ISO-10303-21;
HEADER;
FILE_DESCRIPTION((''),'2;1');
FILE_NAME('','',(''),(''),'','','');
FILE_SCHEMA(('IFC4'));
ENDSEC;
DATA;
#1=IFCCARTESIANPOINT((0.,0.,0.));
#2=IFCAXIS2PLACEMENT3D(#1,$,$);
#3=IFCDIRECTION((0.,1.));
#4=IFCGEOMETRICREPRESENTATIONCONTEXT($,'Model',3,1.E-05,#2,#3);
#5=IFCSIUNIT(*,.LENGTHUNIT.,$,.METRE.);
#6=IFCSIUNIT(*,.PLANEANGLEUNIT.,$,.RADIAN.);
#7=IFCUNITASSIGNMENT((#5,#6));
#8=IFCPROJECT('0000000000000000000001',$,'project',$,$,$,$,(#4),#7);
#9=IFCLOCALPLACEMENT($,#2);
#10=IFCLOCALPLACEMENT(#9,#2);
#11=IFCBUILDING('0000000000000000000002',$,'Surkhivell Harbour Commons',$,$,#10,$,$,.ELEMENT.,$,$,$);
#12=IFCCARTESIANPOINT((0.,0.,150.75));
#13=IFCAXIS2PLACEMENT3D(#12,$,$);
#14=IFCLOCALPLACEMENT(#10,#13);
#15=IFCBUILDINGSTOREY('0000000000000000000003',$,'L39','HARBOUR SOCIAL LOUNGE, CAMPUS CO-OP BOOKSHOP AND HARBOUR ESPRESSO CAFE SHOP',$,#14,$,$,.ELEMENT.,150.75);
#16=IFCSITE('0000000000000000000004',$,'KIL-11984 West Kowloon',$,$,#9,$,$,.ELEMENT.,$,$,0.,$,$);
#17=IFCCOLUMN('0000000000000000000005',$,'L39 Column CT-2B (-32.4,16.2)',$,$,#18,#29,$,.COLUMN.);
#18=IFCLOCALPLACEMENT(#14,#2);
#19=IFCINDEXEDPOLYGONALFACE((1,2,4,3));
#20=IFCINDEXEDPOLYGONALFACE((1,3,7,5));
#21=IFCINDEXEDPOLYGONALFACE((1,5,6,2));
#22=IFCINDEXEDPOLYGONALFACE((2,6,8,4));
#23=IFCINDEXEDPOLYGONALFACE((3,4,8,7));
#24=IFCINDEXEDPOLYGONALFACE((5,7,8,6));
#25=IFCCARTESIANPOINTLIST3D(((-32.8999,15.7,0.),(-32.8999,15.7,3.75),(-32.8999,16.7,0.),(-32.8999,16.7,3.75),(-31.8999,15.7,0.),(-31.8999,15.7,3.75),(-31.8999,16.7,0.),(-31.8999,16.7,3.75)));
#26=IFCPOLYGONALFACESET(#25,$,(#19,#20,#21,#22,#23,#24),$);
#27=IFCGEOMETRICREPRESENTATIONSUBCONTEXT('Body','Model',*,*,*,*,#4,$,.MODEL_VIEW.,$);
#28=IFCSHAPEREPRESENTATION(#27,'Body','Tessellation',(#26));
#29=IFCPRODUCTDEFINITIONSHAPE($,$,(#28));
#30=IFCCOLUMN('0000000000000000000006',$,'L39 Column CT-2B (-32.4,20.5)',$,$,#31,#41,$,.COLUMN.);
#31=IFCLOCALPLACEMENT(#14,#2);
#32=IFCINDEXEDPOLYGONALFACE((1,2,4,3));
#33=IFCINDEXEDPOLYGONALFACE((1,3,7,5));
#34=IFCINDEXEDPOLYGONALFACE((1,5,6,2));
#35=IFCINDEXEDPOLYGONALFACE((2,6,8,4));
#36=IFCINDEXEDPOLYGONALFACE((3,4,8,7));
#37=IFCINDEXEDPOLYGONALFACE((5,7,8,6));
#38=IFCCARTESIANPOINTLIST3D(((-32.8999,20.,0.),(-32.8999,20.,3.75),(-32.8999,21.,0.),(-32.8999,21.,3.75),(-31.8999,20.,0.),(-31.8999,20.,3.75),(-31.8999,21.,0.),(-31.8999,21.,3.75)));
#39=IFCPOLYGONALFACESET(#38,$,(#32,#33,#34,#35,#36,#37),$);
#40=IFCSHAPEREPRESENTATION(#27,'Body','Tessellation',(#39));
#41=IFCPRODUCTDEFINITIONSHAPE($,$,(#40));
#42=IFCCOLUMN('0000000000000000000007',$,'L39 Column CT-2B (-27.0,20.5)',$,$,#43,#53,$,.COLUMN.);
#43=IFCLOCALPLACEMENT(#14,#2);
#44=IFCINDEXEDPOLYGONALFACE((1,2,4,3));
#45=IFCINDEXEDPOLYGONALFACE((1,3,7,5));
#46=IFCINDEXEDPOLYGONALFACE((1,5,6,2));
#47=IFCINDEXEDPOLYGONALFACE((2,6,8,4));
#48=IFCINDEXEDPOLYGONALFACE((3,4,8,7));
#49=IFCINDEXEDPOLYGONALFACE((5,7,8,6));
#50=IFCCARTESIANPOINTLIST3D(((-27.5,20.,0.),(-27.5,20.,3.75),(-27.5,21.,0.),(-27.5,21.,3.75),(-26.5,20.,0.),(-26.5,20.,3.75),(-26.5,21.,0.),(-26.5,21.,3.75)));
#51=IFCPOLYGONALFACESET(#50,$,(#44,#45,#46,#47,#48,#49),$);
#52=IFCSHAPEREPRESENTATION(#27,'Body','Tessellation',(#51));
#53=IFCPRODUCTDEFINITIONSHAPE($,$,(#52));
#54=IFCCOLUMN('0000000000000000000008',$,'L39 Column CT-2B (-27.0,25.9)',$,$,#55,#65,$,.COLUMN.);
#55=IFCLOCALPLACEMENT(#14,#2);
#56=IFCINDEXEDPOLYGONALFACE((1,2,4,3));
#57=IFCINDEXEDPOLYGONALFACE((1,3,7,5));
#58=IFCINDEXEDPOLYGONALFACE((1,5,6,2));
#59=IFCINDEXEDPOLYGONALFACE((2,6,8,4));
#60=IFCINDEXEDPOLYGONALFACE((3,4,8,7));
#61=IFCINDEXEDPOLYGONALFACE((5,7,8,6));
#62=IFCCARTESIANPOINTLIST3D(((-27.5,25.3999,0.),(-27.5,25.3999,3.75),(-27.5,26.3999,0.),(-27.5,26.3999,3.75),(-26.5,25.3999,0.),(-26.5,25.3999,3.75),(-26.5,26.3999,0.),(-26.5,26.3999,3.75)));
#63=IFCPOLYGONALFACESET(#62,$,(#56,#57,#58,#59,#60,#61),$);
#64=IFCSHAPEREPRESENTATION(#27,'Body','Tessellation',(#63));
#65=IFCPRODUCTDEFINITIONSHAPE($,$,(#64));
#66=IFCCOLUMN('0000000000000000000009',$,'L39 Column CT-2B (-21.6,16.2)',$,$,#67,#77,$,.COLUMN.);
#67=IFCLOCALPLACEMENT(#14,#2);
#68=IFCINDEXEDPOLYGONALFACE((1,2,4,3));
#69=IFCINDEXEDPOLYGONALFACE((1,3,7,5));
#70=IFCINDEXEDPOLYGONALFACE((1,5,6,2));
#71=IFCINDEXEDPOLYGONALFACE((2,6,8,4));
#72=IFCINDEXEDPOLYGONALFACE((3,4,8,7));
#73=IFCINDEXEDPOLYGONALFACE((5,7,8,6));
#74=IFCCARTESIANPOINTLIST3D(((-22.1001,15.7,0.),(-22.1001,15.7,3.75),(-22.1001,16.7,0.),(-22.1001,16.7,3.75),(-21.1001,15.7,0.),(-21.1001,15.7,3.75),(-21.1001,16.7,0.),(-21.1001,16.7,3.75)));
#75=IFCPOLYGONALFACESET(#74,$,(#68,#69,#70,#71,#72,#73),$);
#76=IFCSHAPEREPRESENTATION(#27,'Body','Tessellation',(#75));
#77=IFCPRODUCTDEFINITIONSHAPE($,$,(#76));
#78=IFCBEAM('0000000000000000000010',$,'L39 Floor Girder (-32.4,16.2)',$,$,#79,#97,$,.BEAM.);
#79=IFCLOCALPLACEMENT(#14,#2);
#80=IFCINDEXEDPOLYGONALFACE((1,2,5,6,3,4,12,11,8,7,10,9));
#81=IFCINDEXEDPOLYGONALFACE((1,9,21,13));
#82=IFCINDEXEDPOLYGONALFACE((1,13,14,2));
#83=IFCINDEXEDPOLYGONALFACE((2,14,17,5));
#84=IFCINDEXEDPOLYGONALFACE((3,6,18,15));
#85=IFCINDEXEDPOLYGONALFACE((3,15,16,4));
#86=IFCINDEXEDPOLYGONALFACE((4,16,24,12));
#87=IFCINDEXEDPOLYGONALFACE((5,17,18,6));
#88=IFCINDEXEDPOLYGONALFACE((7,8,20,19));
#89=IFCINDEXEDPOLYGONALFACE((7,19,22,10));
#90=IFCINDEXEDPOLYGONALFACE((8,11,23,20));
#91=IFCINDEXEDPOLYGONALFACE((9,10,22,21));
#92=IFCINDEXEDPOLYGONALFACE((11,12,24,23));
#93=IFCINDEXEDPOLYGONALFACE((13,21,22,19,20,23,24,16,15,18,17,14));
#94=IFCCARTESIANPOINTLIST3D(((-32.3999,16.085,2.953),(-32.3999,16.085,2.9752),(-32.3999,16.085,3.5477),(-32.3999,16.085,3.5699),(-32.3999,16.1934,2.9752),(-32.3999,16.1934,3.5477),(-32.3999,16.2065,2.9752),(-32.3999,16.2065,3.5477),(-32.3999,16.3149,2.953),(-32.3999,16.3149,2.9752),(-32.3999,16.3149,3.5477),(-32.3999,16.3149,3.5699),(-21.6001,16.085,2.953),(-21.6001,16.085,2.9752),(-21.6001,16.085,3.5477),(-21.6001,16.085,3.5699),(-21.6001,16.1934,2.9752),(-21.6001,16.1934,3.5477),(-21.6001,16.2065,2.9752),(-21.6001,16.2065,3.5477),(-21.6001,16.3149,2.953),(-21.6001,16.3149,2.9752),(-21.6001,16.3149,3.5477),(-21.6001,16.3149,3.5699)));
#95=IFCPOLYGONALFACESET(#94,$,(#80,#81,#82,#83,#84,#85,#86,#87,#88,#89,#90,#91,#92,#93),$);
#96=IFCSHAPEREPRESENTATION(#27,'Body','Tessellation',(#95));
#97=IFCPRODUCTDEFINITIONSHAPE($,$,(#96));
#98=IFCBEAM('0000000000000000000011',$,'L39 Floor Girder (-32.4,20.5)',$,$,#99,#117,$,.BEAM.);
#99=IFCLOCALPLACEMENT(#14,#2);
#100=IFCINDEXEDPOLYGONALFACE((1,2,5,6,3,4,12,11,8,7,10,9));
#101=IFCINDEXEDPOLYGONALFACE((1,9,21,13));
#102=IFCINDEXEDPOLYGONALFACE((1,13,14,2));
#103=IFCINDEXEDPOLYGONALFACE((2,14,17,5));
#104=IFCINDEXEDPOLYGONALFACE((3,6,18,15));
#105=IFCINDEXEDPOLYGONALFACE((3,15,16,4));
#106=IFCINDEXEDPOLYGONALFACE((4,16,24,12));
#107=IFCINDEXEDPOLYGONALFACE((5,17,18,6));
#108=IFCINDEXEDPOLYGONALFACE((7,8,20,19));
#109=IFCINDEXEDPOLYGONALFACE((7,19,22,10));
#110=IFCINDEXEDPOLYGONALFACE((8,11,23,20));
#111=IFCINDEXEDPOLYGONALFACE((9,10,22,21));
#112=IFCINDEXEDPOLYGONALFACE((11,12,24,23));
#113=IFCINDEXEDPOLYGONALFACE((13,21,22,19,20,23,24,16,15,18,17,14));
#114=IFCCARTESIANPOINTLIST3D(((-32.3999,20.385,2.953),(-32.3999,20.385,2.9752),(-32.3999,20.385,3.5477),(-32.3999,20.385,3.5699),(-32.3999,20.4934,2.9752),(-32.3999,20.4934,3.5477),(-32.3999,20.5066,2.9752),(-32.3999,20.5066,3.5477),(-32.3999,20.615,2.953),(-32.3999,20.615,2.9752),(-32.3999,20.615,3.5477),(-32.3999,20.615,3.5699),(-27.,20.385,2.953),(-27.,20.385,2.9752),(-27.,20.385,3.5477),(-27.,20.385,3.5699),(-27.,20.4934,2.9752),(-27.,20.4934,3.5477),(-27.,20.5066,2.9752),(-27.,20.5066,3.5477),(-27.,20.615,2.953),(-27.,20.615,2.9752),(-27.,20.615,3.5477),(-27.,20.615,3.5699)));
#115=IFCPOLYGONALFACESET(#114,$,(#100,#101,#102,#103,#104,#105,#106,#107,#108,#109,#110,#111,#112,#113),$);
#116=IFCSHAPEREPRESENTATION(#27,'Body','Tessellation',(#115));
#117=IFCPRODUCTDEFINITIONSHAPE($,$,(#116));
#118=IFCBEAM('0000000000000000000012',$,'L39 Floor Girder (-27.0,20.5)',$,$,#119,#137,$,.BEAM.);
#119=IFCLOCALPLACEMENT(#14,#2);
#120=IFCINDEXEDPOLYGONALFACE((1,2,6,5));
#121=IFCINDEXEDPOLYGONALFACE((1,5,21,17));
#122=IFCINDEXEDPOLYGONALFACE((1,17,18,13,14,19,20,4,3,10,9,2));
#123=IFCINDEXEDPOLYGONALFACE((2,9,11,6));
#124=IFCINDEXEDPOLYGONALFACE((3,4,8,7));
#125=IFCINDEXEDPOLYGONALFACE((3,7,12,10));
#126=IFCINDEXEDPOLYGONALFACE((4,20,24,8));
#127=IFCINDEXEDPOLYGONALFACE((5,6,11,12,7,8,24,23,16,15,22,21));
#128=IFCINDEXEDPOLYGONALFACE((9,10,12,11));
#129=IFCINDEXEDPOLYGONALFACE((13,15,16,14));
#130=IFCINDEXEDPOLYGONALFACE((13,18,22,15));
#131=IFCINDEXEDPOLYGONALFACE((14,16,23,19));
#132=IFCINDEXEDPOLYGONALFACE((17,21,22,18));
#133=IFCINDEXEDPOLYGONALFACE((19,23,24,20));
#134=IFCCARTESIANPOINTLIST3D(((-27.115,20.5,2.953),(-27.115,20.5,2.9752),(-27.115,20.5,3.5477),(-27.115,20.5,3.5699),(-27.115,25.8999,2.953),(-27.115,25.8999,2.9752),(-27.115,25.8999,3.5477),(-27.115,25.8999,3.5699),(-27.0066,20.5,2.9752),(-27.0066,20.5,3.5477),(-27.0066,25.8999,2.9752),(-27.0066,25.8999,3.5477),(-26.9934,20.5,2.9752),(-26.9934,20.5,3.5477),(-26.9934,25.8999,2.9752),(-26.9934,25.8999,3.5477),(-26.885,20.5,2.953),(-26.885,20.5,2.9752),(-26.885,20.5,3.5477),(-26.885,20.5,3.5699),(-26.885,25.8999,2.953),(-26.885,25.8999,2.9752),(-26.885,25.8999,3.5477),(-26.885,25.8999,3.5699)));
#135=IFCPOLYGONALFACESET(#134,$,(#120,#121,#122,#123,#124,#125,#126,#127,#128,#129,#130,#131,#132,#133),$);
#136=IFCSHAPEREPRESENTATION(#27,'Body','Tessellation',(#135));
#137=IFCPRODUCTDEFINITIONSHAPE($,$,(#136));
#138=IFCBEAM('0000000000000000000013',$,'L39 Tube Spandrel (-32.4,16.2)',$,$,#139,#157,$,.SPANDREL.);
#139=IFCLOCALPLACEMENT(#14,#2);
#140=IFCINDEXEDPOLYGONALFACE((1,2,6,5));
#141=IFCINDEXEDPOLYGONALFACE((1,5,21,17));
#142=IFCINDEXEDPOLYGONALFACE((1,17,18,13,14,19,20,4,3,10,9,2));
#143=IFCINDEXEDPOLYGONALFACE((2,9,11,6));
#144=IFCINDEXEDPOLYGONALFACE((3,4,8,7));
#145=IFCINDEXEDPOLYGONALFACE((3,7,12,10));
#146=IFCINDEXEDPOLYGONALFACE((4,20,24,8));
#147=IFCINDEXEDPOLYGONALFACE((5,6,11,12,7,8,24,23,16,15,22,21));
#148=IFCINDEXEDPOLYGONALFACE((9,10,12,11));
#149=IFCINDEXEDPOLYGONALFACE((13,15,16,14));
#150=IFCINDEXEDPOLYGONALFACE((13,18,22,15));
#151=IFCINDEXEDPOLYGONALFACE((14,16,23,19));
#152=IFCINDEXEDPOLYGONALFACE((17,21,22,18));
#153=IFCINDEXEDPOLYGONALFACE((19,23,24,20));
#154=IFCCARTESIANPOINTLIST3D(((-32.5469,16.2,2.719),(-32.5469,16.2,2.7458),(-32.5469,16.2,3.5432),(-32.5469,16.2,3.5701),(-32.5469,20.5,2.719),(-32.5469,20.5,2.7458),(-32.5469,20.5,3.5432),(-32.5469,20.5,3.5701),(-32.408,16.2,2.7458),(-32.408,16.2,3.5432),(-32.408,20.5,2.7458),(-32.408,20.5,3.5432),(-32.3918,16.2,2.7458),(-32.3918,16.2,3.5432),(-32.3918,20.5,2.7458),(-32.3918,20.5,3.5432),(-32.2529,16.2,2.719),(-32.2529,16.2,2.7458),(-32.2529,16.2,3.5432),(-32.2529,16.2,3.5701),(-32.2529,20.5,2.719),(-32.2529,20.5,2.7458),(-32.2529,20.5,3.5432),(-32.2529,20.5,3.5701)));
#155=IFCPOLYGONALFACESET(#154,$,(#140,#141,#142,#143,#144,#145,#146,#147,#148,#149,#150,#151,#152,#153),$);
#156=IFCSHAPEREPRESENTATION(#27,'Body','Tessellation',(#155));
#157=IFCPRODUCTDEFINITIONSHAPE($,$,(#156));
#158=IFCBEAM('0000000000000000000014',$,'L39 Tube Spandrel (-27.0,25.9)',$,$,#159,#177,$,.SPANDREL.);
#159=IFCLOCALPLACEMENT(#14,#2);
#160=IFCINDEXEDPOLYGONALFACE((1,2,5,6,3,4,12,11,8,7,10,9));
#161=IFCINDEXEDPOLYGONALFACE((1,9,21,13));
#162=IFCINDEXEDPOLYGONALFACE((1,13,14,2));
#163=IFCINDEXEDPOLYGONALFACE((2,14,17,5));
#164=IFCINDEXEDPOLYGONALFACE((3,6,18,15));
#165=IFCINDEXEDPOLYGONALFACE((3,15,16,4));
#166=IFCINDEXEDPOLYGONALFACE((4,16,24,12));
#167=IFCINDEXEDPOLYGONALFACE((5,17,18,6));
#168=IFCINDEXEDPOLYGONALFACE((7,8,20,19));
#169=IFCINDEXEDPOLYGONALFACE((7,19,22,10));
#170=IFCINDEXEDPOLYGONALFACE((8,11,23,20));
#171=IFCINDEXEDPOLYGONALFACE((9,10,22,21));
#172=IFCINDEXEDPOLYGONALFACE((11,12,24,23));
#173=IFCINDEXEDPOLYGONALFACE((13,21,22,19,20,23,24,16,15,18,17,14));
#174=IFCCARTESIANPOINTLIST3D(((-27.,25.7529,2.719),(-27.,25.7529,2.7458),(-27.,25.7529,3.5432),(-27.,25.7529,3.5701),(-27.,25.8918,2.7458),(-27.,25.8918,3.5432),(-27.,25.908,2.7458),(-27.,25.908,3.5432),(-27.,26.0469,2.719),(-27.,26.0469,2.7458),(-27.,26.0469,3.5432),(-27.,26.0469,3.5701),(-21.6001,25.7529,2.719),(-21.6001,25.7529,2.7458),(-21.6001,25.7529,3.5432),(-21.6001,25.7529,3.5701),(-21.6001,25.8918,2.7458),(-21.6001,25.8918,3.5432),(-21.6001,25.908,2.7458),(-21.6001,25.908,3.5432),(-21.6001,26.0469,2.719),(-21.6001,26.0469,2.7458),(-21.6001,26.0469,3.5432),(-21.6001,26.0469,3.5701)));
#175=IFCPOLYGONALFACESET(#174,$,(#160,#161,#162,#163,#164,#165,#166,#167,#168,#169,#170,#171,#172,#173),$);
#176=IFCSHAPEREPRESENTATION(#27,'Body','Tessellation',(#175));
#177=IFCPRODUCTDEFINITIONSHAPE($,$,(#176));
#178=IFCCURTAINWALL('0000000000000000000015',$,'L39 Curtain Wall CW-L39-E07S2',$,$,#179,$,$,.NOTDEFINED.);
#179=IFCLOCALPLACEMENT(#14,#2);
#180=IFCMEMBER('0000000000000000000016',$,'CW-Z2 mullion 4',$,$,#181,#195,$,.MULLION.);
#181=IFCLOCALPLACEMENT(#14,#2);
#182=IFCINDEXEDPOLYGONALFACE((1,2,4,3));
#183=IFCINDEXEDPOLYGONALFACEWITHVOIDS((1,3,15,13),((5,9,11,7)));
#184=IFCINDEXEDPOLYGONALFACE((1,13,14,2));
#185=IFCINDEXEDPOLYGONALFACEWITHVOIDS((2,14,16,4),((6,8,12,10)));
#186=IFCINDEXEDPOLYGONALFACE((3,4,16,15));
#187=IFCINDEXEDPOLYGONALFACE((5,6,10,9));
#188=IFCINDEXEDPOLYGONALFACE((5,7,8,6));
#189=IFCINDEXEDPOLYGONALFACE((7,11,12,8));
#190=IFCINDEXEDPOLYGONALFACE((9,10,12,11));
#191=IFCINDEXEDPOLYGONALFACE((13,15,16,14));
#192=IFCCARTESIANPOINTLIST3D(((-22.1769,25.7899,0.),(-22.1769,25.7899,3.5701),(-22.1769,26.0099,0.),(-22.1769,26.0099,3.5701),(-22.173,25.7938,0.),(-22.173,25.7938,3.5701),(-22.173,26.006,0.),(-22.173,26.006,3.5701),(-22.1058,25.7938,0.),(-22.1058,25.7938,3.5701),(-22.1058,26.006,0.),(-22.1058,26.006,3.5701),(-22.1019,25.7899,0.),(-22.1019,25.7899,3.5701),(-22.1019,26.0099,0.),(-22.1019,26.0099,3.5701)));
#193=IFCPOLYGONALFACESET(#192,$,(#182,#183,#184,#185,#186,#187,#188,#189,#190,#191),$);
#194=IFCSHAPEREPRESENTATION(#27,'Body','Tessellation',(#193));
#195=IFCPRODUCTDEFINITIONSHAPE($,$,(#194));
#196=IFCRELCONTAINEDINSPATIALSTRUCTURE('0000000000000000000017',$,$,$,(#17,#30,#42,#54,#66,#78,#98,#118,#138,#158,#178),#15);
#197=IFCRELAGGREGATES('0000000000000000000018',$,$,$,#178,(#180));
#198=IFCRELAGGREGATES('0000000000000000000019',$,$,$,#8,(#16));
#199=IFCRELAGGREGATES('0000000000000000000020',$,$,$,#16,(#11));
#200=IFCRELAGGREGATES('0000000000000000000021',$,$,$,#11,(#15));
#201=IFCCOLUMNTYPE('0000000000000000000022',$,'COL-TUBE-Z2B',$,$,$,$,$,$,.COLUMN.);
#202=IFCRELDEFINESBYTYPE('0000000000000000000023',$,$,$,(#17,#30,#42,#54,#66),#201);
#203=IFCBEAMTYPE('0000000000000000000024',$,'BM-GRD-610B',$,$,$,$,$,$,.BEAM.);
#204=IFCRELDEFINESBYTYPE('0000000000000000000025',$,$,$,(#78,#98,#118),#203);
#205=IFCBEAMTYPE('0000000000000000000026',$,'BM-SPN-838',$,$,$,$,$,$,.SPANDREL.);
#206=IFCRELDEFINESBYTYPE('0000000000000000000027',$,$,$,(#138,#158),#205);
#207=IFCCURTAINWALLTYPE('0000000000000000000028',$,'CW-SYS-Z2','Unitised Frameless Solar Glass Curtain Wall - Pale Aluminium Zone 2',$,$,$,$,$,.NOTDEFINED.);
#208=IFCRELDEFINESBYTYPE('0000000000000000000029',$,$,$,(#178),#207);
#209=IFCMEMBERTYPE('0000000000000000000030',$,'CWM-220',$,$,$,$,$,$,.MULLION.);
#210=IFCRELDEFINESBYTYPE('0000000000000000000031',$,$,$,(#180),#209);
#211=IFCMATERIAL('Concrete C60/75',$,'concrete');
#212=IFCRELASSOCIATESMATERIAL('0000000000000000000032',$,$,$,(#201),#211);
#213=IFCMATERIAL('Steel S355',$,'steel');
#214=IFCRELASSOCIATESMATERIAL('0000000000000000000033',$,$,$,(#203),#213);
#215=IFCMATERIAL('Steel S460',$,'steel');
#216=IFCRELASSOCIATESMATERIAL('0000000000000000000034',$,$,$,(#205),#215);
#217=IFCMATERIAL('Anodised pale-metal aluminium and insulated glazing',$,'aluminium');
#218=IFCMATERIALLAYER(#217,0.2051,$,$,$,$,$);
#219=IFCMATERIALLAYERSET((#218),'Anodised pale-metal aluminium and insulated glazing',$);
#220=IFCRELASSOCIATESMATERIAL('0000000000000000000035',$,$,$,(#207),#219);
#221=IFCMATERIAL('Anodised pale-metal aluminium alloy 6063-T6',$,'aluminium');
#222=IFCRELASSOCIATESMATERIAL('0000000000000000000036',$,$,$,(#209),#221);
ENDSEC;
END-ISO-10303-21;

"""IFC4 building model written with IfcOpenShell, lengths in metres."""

from ifc_helpers import new_model, si_unit, direction, frame, origin, origin_2d, place, context, subcontext, project, spatial, rectangle, hollow_rectangle, i_section, extrude, material, layer, layer_set, material_profile, profile_set, type_object, element, aggregate, save


model = new_model("IFC4")

# Units and contexts
model_context = context("Model", 3, precision=1e-05, world=origin(), true_north=direction((0.0, 1.0)))
body_context = subcontext(model_context, "Body", "Model", "MODEL_VIEW")
ifc_project = project(units=[si_unit("LENGTHUNIT", "METRE"), si_unit("PLANEANGLEUNIT", "RADIAN")], contexts=[model_context])

# Site, building, storey
site_placement = place(None, origin())
site = spatial("IfcSite", under=ifc_project, at=site_placement, Name="KIL-11984 West Kowloon", CompositionType="ELEMENT", RefElevation=0.0)
building_placement = place(site_placement, origin())
building = spatial("IfcBuilding", under=site, at=building_placement, Name="Surkhivell Harbour Commons", CompositionType="ELEMENT")
storey_placement = place(building_placement, frame((0.0, 0.0, 150.75)))
storey = spatial("IfcBuildingStorey", under=building, at=storey_placement, Name="L39", Description="HARBOUR SOCIAL LOUNGE, CAMPUS CO-OP BOOKSHOP AND HARBOUR ESPRESSO CAFE SHOP", CompositionType="ELEMENT", Elevation=150.75)

# Columns
ifc_material_1 = material(Name="Concrete C60/75", Category="concrete")
ifc_material_profile_1 = material_profile(ifc_material_1, rectangle(XDim=1.0, YDim=1.0, at=origin_2d()), Name="RC-COL-1000x1000")
ifc_profile_set_1 = profile_set([ifc_material_profile_1], Name="Concrete C60/75")
column_type = type_object("IfcColumnType", Name="COL-TUBE-Z2B", PredefinedType="COLUMN", material=ifc_profile_set_1)
for number, where, z_axis, x_axis, name in (
    (1, (-32.3999, 16.2, 0.0), (0.0, 0.0, 1.0), (1.0, 0.0, 0.0), "L39 Column CT-2B (-32.4,16.2)"),
    (2, (-32.3999, 20.5, 0.0), (0.0, 0.0, 1.0), (1.0, 0.0, 0.0), "L39 Column CT-2B (-32.4,20.5)"),
    (3, (-27.0, 20.5, 0.0), (0.0, 0.0, 1.0), (1.0, 0.0, 0.0), "L39 Column CT-2B (-27.0,20.5)"),
    (4, (-27.0, 25.8999, 0.0), (0.0, 0.0, 1.0), (1.0, 0.0, 0.0), "L39 Column CT-2B (-27.0,25.9)"),
    (5, (-21.6001, 16.2, 0.0), (0.0, 0.0, 1.0), (1.0, 0.0, 0.0), "L39 Column CT-2B (-21.6,16.2)"),
):
    element("IfcColumn", number, at=place(storey_placement, frame(where, z_axis=z_axis, x_axis=x_axis)), inside=storey, type_object=column_type, Name=name, PredefinedType="COLUMN", context=body_context, shape_type="SweptSolid", body=[
        extrude(rectangle(XDim=1.0, YDim=1.0, at=origin_2d()), origin(), (0.0, 0.0, 1.0), 3.75),
    ])

# Beams
ifc_material_2 = material(Name="Steel S355", Category="steel")
ifc_material_profile_2 = material_profile(ifc_material_2, i_section(OverallWidth=0.23, OverallDepth=0.6169, WebThickness=0.0132, FlangeThickness=0.0222, at=origin_2d()), Name="UB610x229x140")
ifc_profile_set_2 = profile_set([ifc_material_profile_2], Name="Steel S355")
beam_type_1 = type_object("IfcBeamType", Name="BM-GRD-610B", PredefinedType="BEAM", material=ifc_profile_set_2)
beam_1_placement = place(storey_placement, frame((-32.3999, 16.2, 3.2615), z_axis=(1.0, 0.0, 0.0), x_axis=(0.0, 1.0, 0.0)))
element("IfcBeam", 6, at=beam_1_placement, inside=storey, type_object=beam_type_1, Name="L39 Floor Girder (-32.4,16.2)", PredefinedType="BEAM", context=body_context, shape_type="SweptSolid", body=[
    extrude(i_section(OverallWidth=0.23, OverallDepth=0.6169, WebThickness=0.0132, FlangeThickness=0.0222, at=origin_2d()), origin(), (0.0, 0.0, 1.0), 10.7998),
])
for number, where, z_axis, x_axis, name in (
    (7, (-32.3999, 20.5, 3.2615), (1.0, 0.0, 0.0), (0.0, 1.0, 0.0), "L39 Floor Girder (-32.4,20.5)"),
    (8, (-27.0, 20.5, 3.2615), (0.0, 1.0, 0.0), (-1.0, 0.0, 0.0), "L39 Floor Girder (-27.0,20.5)"),
):
    element("IfcBeam", number, at=place(storey_placement, frame(where, z_axis=z_axis, x_axis=x_axis)), inside=storey, type_object=beam_type_1, Name=name, PredefinedType="BEAM", context=body_context, shape_type="SweptSolid", body=[
        extrude(i_section(OverallWidth=0.23, OverallDepth=0.6169, WebThickness=0.0132, FlangeThickness=0.0222, at=origin_2d()), origin(), (0.0, 0.0, 1.0), 5.3999),
    ])
ifc_material_3 = material(Name="Steel S460", Category="steel")
ifc_material_profile_3 = material_profile(ifc_material_3, i_section(OverallWidth=0.2939, OverallDepth=0.8511, WebThickness=0.0161, FlangeThickness=0.0269, at=origin_2d()), Name="UB838x292x226")
ifc_profile_set_3 = profile_set([ifc_material_profile_3], Name="Steel S460")
beam_type_2 = type_object("IfcBeamType", Name="BM-SPN-838", PredefinedType="SPANDREL", material=ifc_profile_set_3)
beam_2_placement = place(storey_placement, frame((-32.3999, 16.2, 3.1445), z_axis=(0.0, 1.0, 0.0), x_axis=(-1.0, 0.0, 0.0)))
element("IfcBeam", 9, at=beam_2_placement, inside=storey, type_object=beam_type_2, Name="L39 Tube Spandrel (-32.4,16.2)", PredefinedType="SPANDREL", context=body_context, shape_type="SweptSolid", body=[
    extrude(i_section(OverallWidth=0.2939, OverallDepth=0.8511, WebThickness=0.0161, FlangeThickness=0.0269, at=origin_2d()), origin(), (0.0, 0.0, 1.0), 4.3),
])
beam_3_placement = place(storey_placement, frame((-27.0, 25.8999, 3.1445), z_axis=(1.0, 0.0, 0.0), x_axis=(0.0, 1.0, 0.0)))
element("IfcBeam", 10, at=beam_3_placement, inside=storey, type_object=beam_type_2, Name="L39 Tube Spandrel (-27.0,25.9)", PredefinedType="SPANDREL", context=body_context, shape_type="SweptSolid", body=[
    extrude(i_section(OverallWidth=0.2939, OverallDepth=0.8511, WebThickness=0.0161, FlangeThickness=0.0269, at=origin_2d()), origin(), (0.0, 0.0, 1.0), 5.3999),
])

# Curtain wall, member
ifc_material_4 = material(Name="Anodised pale-metal aluminium and insulated glazing", Category="aluminium")
ifc_layer_1 = layer(ifc_material_4, 0.2051)
ifc_layer_set_1 = layer_set([ifc_layer_1], Name="Anodised pale-metal aluminium and insulated glazing")
curtain_wall_type = type_object("IfcCurtainWallType", Name="CW-SYS-Z2", Description="Unitised Frameless Solar Glass Curtain Wall - Pale Aluminium Zone 2", PredefinedType="NOTDEFINED", material=ifc_layer_set_1)
curtain_wall_1_placement = place(storey_placement, origin())
curtain_wall_1 = element("IfcCurtainWall", 11, at=curtain_wall_1_placement, inside=storey, type_object=curtain_wall_type, Name="L39 Curtain Wall CW-L39-E07S2", PredefinedType="NOTDEFINED")
ifc_material_5 = material(Name="Anodised pale-metal aluminium alloy 6063-T6", Category="aluminium")
ifc_material_profile_4 = material_profile(ifc_material_5, hollow_rectangle(XDim=0.075, YDim=0.22, WallThickness=0.0039, at=origin_2d()), Name="ALU-MULL-75x220")
ifc_profile_set_4 = profile_set([ifc_material_profile_4], Name="Anodised pale-metal aluminium alloy 6063-T6")
member_type_1 = type_object("IfcMemberType", Name="CWM-220", PredefinedType="MULLION", material=ifc_profile_set_4)
member_1_placement = place(storey_placement, frame((-22.1394, 25.8999, 0.0), z_axis=(0.0, 0.0, 1.0), x_axis=(-1.0, 0.0, 0.0)))
member_1 = element("IfcMember", 12, at=member_1_placement, type_object=member_type_1, Name="CW-Z2 mullion 4", PredefinedType="MULLION", context=body_context, shape_type="SweptSolid", body=[
    extrude(hollow_rectangle(XDim=0.075, YDim=0.22, WallThickness=0.0039, at=origin_2d()), origin(), (0.0, 0.0, 1.0), 3.5701),
])

aggregate(curtain_wall_1, [member_1])

save(model, "model.ifc")
